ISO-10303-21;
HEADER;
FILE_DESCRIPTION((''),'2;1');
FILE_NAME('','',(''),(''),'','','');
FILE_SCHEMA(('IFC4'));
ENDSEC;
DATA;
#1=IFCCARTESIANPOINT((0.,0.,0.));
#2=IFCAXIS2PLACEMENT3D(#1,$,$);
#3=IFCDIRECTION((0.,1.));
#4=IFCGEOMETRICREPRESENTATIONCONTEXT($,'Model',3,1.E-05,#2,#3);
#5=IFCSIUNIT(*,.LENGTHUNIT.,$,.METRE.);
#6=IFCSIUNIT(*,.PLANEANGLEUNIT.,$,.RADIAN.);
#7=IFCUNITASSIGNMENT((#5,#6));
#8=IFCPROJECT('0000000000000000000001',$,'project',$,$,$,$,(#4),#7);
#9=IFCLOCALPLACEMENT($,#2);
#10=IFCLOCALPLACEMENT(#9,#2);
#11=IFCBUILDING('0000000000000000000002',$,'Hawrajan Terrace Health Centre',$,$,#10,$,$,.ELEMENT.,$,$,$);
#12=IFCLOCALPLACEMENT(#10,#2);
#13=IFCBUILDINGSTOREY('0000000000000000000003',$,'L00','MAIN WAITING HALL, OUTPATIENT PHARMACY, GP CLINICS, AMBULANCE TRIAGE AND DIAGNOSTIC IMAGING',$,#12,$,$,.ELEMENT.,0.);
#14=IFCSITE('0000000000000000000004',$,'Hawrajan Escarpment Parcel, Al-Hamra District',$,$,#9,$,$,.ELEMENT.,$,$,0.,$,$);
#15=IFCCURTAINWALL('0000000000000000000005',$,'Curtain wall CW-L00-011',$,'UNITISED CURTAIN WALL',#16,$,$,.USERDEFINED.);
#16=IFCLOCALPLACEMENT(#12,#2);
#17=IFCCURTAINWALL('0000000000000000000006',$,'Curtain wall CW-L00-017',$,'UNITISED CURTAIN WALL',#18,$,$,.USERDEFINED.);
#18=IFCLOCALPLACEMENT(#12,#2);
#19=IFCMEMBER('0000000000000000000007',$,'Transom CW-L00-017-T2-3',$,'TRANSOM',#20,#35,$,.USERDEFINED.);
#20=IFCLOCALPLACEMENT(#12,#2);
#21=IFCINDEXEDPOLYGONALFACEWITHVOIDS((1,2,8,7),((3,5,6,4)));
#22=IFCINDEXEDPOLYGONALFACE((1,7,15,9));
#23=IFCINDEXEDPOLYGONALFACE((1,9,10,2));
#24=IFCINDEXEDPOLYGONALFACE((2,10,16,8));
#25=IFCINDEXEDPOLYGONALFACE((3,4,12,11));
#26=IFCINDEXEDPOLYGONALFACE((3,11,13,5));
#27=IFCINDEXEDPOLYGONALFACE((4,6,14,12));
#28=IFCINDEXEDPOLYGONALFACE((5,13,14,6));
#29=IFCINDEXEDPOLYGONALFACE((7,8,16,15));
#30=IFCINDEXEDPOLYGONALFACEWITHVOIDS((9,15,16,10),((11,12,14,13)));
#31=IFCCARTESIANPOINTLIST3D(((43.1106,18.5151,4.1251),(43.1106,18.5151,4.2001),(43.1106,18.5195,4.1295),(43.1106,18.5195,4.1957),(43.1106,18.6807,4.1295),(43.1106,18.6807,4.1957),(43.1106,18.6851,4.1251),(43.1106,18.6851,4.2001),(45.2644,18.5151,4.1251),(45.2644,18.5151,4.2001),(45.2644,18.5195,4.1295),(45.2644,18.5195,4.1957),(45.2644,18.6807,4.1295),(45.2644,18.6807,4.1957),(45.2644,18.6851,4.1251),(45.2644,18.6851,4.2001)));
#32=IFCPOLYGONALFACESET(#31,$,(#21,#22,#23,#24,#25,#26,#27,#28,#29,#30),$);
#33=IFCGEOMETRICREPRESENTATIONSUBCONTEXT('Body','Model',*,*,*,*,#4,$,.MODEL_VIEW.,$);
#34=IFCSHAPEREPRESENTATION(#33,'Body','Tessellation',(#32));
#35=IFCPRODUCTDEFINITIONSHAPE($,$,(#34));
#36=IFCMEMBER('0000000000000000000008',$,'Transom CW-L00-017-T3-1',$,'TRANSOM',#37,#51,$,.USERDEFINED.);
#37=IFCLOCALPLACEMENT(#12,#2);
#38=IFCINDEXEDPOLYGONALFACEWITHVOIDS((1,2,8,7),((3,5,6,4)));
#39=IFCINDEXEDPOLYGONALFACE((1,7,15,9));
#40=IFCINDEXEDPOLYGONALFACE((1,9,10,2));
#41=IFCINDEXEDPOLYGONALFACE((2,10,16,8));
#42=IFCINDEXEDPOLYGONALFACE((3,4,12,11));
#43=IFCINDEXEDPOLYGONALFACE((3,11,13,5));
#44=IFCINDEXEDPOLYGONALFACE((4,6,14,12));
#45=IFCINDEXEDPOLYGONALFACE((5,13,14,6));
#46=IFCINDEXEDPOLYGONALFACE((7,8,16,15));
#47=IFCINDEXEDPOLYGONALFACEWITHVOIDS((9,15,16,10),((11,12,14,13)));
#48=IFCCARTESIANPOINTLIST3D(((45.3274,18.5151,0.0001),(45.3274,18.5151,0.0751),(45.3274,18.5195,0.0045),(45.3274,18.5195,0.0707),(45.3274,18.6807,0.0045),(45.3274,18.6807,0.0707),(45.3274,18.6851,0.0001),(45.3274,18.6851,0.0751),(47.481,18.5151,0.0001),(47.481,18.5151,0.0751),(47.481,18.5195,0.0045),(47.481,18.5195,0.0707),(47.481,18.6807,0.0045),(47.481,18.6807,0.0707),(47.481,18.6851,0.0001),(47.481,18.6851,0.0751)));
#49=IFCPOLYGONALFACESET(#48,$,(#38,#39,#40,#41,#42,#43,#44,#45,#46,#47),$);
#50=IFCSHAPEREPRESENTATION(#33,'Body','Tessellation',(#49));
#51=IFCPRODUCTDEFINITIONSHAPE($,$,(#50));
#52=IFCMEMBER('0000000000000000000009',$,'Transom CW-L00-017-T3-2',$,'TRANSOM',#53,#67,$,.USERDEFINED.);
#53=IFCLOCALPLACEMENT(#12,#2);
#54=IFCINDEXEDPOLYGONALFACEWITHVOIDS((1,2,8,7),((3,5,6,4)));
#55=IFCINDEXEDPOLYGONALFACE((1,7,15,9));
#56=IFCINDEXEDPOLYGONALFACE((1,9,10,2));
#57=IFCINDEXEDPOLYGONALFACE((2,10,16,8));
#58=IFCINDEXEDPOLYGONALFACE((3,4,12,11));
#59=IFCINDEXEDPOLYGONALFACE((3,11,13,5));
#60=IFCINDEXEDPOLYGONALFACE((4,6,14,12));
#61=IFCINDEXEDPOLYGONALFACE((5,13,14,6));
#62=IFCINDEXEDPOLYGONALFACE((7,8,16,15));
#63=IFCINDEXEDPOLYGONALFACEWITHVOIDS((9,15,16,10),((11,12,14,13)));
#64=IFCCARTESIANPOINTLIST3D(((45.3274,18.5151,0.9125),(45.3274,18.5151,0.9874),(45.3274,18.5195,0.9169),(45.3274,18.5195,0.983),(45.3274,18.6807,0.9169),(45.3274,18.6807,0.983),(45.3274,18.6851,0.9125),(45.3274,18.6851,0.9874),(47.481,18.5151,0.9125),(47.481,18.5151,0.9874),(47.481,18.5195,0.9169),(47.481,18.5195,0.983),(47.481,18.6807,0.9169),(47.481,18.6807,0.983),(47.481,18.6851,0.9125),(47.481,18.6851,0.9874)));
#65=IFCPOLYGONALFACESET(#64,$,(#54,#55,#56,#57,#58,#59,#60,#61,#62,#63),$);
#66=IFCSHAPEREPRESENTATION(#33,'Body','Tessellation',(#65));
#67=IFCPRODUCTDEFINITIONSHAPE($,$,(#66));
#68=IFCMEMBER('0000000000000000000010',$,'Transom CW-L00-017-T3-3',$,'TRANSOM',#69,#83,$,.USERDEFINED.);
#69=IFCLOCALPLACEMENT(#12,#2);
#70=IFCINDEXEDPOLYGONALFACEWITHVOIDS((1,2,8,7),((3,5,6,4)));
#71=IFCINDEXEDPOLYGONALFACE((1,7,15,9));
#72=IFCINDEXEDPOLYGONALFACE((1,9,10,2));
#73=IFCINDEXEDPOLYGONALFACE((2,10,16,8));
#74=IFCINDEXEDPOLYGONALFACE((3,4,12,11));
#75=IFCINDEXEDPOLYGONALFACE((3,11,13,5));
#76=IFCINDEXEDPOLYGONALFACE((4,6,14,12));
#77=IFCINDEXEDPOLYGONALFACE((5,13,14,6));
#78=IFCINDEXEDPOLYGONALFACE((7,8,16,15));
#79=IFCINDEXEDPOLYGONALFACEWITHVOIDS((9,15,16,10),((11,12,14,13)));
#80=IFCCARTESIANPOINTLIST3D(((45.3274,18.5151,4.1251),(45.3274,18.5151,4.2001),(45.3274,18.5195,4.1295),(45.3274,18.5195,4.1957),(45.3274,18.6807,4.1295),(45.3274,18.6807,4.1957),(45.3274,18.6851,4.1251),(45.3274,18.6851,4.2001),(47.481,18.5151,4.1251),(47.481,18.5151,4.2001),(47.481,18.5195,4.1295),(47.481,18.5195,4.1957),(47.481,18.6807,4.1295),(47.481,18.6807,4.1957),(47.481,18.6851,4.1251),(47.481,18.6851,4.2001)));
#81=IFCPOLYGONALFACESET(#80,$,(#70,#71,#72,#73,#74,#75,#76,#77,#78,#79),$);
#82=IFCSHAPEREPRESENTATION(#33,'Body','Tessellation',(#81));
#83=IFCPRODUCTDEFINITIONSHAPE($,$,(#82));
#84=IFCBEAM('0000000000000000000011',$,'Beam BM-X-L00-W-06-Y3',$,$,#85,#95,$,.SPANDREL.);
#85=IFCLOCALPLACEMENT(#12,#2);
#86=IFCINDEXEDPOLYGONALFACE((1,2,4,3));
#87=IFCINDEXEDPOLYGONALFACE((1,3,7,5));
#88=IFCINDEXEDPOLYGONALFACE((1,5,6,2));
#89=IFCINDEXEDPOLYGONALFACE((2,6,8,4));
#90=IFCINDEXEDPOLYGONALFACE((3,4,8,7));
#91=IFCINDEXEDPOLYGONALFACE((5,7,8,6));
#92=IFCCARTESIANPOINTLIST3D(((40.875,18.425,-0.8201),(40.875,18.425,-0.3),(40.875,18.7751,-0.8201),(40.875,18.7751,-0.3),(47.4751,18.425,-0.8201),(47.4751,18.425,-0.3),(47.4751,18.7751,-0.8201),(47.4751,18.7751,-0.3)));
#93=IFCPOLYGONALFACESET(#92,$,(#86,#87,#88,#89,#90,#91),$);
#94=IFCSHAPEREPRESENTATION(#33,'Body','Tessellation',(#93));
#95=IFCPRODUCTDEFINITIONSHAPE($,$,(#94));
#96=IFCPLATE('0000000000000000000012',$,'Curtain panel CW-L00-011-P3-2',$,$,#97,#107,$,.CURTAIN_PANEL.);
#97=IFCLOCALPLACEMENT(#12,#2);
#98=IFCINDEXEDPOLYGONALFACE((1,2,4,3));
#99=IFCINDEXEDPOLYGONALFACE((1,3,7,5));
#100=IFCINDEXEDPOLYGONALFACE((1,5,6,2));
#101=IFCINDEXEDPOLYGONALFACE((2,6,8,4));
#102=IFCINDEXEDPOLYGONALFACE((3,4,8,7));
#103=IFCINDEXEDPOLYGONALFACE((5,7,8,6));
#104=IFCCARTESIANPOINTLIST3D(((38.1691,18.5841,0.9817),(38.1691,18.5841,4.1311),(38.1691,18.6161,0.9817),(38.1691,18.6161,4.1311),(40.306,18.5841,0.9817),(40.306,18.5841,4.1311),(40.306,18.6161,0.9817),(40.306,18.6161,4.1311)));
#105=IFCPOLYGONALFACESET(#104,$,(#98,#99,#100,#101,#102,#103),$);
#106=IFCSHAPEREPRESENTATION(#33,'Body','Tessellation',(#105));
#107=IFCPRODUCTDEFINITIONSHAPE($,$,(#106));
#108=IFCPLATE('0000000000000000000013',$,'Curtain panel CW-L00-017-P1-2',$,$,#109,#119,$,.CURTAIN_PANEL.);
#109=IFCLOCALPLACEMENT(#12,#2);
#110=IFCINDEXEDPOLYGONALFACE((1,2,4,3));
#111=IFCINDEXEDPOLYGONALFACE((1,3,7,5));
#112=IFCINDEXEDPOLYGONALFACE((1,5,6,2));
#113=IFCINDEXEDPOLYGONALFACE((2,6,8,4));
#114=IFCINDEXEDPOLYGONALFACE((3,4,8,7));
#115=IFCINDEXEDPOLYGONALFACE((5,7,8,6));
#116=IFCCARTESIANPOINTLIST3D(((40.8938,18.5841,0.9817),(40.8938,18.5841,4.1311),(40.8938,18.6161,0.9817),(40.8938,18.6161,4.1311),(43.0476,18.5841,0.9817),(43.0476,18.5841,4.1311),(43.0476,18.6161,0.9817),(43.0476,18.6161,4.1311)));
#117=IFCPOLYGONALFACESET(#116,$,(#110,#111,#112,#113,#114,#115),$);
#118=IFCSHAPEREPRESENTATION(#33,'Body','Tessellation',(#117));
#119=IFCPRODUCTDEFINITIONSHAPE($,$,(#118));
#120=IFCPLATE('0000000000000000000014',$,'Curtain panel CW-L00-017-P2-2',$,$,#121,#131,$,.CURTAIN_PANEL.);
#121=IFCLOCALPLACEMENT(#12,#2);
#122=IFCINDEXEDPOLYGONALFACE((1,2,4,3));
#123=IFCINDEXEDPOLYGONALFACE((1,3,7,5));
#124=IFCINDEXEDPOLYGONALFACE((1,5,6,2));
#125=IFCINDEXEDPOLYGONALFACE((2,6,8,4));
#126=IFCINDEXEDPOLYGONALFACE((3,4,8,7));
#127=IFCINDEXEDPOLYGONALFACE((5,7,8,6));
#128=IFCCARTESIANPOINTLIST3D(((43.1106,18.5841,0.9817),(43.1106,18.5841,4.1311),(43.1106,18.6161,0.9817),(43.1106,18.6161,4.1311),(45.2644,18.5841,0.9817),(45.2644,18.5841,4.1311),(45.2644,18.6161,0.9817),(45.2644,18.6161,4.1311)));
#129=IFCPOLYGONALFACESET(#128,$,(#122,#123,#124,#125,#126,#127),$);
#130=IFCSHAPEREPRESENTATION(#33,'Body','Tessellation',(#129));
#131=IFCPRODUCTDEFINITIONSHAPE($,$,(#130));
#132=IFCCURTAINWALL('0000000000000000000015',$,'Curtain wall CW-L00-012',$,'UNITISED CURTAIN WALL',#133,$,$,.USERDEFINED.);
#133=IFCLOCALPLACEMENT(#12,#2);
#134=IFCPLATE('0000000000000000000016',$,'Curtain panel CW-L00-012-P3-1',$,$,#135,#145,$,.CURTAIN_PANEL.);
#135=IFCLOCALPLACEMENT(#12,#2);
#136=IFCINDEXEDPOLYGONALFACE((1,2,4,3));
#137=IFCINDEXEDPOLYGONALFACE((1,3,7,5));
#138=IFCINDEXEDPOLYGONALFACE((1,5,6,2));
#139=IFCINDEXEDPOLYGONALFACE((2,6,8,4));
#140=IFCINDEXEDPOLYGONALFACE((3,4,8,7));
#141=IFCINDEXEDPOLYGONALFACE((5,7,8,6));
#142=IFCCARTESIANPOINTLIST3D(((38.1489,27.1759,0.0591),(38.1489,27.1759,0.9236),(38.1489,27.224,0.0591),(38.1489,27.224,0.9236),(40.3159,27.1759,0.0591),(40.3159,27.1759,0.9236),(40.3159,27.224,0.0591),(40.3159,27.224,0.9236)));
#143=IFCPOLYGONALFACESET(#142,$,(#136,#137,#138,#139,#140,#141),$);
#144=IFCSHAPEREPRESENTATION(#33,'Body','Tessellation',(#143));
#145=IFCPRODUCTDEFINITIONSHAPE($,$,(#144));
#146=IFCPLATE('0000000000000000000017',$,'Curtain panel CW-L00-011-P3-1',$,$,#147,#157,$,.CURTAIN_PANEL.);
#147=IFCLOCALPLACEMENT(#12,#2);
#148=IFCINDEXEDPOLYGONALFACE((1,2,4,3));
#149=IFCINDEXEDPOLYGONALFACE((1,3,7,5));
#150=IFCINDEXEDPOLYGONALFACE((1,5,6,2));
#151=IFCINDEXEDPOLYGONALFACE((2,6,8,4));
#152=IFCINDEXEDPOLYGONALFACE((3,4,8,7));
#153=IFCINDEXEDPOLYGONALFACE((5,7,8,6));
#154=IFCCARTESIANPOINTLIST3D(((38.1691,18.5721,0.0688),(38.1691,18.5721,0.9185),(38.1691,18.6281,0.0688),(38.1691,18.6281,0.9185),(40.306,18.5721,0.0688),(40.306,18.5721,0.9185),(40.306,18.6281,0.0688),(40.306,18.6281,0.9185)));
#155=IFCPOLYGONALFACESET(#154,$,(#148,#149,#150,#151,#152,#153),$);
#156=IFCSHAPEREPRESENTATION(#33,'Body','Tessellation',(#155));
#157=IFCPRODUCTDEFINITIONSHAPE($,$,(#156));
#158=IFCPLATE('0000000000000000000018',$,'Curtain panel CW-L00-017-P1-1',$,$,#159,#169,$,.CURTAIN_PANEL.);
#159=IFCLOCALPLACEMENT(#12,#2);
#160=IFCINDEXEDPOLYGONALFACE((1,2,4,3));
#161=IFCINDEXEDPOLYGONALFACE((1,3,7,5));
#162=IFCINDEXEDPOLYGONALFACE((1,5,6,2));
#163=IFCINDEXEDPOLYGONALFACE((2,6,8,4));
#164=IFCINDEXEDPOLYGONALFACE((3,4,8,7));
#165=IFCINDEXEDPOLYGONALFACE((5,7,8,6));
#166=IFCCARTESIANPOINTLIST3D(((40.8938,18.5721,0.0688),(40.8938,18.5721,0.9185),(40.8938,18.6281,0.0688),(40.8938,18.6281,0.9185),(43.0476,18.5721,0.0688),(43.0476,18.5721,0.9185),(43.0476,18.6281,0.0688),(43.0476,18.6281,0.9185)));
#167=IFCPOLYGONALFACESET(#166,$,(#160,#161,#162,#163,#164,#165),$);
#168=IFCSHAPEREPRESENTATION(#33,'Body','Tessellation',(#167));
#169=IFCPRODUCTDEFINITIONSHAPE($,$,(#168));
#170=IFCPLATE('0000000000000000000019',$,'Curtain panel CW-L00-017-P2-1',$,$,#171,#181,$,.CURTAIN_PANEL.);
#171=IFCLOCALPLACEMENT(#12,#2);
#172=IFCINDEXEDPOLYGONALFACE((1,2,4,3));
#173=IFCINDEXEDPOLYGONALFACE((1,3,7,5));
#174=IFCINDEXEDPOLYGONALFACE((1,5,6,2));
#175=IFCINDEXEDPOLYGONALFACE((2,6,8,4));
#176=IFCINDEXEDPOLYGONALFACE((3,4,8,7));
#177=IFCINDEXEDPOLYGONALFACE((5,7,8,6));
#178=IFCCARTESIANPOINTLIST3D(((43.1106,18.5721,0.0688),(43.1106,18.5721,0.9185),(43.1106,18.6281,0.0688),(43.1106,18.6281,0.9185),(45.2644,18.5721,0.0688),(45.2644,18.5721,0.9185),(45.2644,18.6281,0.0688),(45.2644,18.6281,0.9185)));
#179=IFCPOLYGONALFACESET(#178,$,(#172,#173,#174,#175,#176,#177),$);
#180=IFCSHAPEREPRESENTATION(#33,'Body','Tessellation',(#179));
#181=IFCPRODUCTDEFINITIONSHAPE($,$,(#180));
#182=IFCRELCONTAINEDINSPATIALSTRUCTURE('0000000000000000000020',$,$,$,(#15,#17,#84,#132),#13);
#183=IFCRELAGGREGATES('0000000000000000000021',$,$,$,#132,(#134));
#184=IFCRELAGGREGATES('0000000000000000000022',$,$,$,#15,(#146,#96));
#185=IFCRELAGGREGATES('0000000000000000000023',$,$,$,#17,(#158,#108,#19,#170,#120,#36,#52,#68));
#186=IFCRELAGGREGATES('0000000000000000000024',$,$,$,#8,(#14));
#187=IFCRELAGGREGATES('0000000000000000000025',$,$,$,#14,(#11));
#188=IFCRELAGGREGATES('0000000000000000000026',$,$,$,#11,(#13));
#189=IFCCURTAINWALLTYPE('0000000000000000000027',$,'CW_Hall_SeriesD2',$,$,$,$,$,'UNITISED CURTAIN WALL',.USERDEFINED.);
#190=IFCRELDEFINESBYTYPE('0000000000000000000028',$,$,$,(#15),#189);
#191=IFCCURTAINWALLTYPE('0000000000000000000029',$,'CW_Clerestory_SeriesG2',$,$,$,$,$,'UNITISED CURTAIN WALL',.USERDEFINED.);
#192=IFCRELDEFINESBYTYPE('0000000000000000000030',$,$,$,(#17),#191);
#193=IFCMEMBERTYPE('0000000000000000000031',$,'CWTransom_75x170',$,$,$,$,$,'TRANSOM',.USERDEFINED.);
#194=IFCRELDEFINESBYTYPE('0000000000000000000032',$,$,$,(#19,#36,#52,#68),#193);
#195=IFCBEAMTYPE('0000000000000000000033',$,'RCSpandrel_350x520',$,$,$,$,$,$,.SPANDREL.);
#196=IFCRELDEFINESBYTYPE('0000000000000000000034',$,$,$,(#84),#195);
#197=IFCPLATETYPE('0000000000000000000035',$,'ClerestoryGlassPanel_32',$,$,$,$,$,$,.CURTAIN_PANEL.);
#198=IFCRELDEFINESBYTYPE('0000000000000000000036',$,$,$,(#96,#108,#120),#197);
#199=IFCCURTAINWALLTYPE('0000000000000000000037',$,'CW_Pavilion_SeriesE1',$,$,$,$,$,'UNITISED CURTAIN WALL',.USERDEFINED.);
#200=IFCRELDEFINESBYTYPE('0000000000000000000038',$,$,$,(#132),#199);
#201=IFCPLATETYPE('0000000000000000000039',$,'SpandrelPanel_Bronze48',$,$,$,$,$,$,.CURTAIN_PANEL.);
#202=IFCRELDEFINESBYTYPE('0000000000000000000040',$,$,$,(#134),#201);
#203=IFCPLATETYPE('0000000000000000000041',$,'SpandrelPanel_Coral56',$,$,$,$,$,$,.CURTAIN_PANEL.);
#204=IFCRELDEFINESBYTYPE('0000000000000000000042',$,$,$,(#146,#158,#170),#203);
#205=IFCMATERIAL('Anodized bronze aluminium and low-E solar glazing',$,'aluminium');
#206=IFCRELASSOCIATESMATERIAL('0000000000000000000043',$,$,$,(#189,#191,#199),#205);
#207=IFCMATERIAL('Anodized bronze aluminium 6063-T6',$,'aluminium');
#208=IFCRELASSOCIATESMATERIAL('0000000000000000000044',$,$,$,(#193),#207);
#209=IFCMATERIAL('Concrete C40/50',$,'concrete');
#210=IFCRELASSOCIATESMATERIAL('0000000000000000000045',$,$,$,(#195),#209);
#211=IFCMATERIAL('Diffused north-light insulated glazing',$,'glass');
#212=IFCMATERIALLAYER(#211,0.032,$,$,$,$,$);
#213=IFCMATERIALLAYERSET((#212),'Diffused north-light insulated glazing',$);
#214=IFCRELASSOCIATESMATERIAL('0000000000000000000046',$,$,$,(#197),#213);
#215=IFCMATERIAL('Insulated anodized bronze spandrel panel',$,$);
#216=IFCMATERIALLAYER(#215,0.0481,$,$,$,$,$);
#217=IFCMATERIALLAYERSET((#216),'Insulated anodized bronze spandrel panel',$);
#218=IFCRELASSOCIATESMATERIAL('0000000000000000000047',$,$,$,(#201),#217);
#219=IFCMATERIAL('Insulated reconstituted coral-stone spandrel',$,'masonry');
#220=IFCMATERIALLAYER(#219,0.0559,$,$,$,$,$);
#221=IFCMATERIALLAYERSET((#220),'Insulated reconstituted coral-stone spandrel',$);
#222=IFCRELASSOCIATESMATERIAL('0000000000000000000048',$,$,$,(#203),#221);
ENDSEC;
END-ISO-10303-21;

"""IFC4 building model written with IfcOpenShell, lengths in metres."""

from ifc_helpers import new_model, si_unit, direction, frame, origin, origin_2d, place, context, subcontext, project, spatial, rectangle, hollow_rectangle, extrude, material, layer, layer_set, material_profile, profile_set, type_object, element, aggregate, save


model = new_model("IFC4")

# Units and contexts
model_context = context("Model", 3, precision=1e-05, world=origin(), true_north=direction((0.0, 1.0)))
body_context = subcontext(model_context, "Body", "Model", "MODEL_VIEW")
ifc_project = project(units=[si_unit("LENGTHUNIT", "METRE"), si_unit("PLANEANGLEUNIT", "RADIAN")], contexts=[model_context])

# Site, building, storey
site_placement = place(None, origin())
site = spatial("IfcSite", under=ifc_project, at=site_placement, Name="Hawrajan Escarpment Parcel, Al-Hamra District", CompositionType="ELEMENT", RefElevation=0.0)
building_placement = place(site_placement, origin())
building = spatial("IfcBuilding", under=site, at=building_placement, Name="Hawrajan Terrace Health Centre", CompositionType="ELEMENT")
storey_placement = place(building_placement, origin())
storey = spatial("IfcBuildingStorey", under=building, at=storey_placement, Name="L00", Description="MAIN WAITING HALL, OUTPATIENT PHARMACY, GP CLINICS, AMBULANCE TRIAGE AND DIAGNOSTIC IMAGING", CompositionType="ELEMENT", Elevation=0.0)

# Shared definitions
ifc_material_1 = material(Name="Concrete C40/50", Category="concrete")

# Curtain wall
ifc_material_2 = material(Name="Anodized bronze aluminium and low-E solar glazing", Category="aluminium")
curtain_wall_type_1 = type_object("IfcCurtainWallType", Name="CW_Hall_SeriesD2", ElementType="UNITISED CURTAIN WALL", PredefinedType="USERDEFINED", material=ifc_material_2)
curtain_wall_1_placement = place(storey_placement, origin())
curtain_wall_1 = element("IfcCurtainWall", 1, at=curtain_wall_1_placement, inside=storey, type_object=curtain_wall_type_1, Name="Curtain wall CW-L00-011", ObjectType="UNITISED CURTAIN WALL", PredefinedType="USERDEFINED")
ifc_material_3 = material(Name="Anodized bronze aluminium 6063-T6", Category="aluminium")

# Curtain wall
curtain_wall_type_2 = type_object("IfcCurtainWallType", Name="CW_Clerestory_SeriesG2", ElementType="UNITISED CURTAIN WALL", PredefinedType="USERDEFINED", material=ifc_material_2)
curtain_wall_2_placement = place(storey_placement, origin())
curtain_wall_2 = element("IfcCurtainWall", 2, at=curtain_wall_2_placement, inside=storey, type_object=curtain_wall_type_2, Name="Curtain wall CW-L00-017", ObjectType="UNITISED CURTAIN WALL", PredefinedType="USERDEFINED")

# Members
ifc_material_profile_1 = material_profile(ifc_material_3, hollow_rectangle(XDim=0.075, YDim=0.1699, WallThickness=0.0044, at=origin_2d()), Name="CW TRN 75x170")
ifc_profile_set_1 = profile_set([ifc_material_profile_1], Name="Anodized bronze aluminium 6063-T6")
member_type_1 = type_object("IfcMemberType", Name="CWTransom_75x170", ElementType="TRANSOM", PredefinedType="USERDEFINED", material=ifc_profile_set_1)
member_1_placement = place(storey_placement, frame((43.1106, 18.6001, 4.1626), z_axis=(1.0, 0.0, 0.0), x_axis=(0.0, 0.0, 1.0)))
member_1 = element("IfcMember", 3, at=member_1_placement, type_object=member_type_1, Name="Transom CW-L00-017-T2-3", ObjectType="TRANSOM", PredefinedType="USERDEFINED", context=body_context, shape_type="SweptSolid", body=[
    extrude(hollow_rectangle(XDim=0.075, YDim=0.1699, WallThickness=0.0044, at=origin_2d()), origin(), (0.0, 0.0, 1.0), 2.1538),
])
member_2_placement = place(storey_placement, frame((45.3274, 18.6001, 0.0376), z_axis=(1.0, 0.0, 0.0), x_axis=(0.0, 0.0, 1.0)))
member_2 = element("IfcMember", 4, at=member_2_placement, type_object=member_type_1, Name="Transom CW-L00-017-T3-1", ObjectType="TRANSOM", PredefinedType="USERDEFINED", context=body_context, shape_type="SweptSolid", body=[
    extrude(hollow_rectangle(XDim=0.075, YDim=0.1699, WallThickness=0.0044, at=origin_2d()), origin(), (0.0, 0.0, 1.0), 2.1536),
])
member_3_placement = place(storey_placement, frame((45.3274, 18.6001, 0.95), z_axis=(1.0, 0.0, 0.0), x_axis=(0.0, 0.0, 1.0)))
member_3 = element("IfcMember", 5, at=member_3_placement, type_object=member_type_1, Name="Transom CW-L00-017-T3-2", ObjectType="TRANSOM", PredefinedType="USERDEFINED", context=body_context, shape_type="SweptSolid", body=[
    extrude(hollow_rectangle(XDim=0.075, YDim=0.1699, WallThickness=0.0044, at=origin_2d()), origin(), (0.0, 0.0, 1.0), 2.1536),
])
member_4_placement = place(storey_placement, frame((45.3274, 18.6001, 4.1626), z_axis=(1.0, 0.0, 0.0), x_axis=(0.0, 0.0, 1.0)))
member_4 = element("IfcMember", 6, at=member_4_placement, type_object=member_type_1, Name="Transom CW-L00-017-T3-3", ObjectType="TRANSOM", PredefinedType="USERDEFINED", context=body_context, shape_type="SweptSolid", body=[
    extrude(hollow_rectangle(XDim=0.075, YDim=0.1699, WallThickness=0.0044, at=origin_2d()), origin(), (0.0, 0.0, 1.0), 2.1536),
])

# Beam
ifc_material_profile_2 = material_profile(ifc_material_1, rectangle(XDim=0.3501, YDim=0.52, at=origin_2d()), Name="RC SP 350x520")
ifc_profile_set_2 = profile_set([ifc_material_profile_2], Name="Concrete C40/50")
beam_type = type_object("IfcBeamType", Name="RCSpandrel_350x520", PredefinedType="SPANDREL", material=ifc_profile_set_2)
beam_placement = place(storey_placement, frame((40.875, 18.6001, -0.5601), z_axis=(1.0, 0.0, 0.0), x_axis=(0.0, 1.0, 0.0)))
element("IfcBeam", 7, at=beam_placement, inside=storey, type_object=beam_type, Name="Beam BM-X-L00-W-06-Y3", PredefinedType="SPANDREL", context=body_context, shape_type="SweptSolid", body=[
    extrude(rectangle(XDim=0.3501, YDim=0.52, at=origin_2d()), origin(), (0.0, 0.0, 1.0), 6.6001),
])

# Plates
ifc_material_4 = material(Name="Diffused north-light insulated glazing", Category="glass")
ifc_layer_1 = layer(ifc_material_4, 0.032)
ifc_layer_set_1 = layer_set([ifc_layer_1], Name="Diffused north-light insulated glazing")
plate_type_1 = type_object("IfcPlateType", Name="ClerestoryGlassPanel_32", PredefinedType="CURTAIN_PANEL", material=ifc_layer_set_1)
plate_1_placement = place(storey_placement, frame((39.2375, 18.6001, 0.9817), z_axis=(0.0, 0.0, 1.0), x_axis=(1.0, 0.0, 0.0)))
plate_1 = element("IfcPlate", 8, at=plate_1_placement, type_object=plate_type_1, Name="Curtain panel CW-L00-011-P3-2", PredefinedType="CURTAIN_PANEL", context=body_context, shape_type="SweptSolid", body=[
    extrude(rectangle(XDim=2.137, YDim=0.032, at=origin_2d()), origin(), (0.0, 0.0, 1.0), 3.1494),
])
plate_2_placement = place(storey_placement, frame((41.9707, 18.6001, 0.9817), z_axis=(0.0, 0.0, 1.0), x_axis=(1.0, 0.0, 0.0)))
plate_2 = element("IfcPlate", 9, at=plate_2_placement, type_object=plate_type_1, Name="Curtain panel CW-L00-017-P1-2", PredefinedType="CURTAIN_PANEL", context=body_context, shape_type="SweptSolid", body=[
    extrude(rectangle(XDim=2.1538, YDim=0.032, at=origin_2d()), origin(), (0.0, 0.0, 1.0), 3.1494),
])
plate_3_placement = place(storey_placement, frame((44.1875, 18.6001, 0.9817), z_axis=(0.0, 0.0, 1.0), x_axis=(1.0, 0.0, 0.0)))
plate_3 = element("IfcPlate", 10, at=plate_3_placement, type_object=plate_type_1, Name="Curtain panel CW-L00-017-P2-2", PredefinedType="CURTAIN_PANEL", context=body_context, shape_type="SweptSolid", body=[
    extrude(rectangle(XDim=2.1538, YDim=0.032, at=origin_2d()), origin(), (0.0, 0.0, 1.0), 3.1494),
])

# Curtain wall, plate
curtain_wall_type_3 = type_object("IfcCurtainWallType", Name="CW_Pavilion_SeriesE1", ElementType="UNITISED CURTAIN WALL", PredefinedType="USERDEFINED", material=ifc_material_2)
curtain_wall_3_placement = place(storey_placement, origin())
curtain_wall_3 = element("IfcCurtainWall", 11, at=curtain_wall_3_placement, inside=storey, type_object=curtain_wall_type_3, Name="Curtain wall CW-L00-012", ObjectType="UNITISED CURTAIN WALL", PredefinedType="USERDEFINED")
ifc_material_5 = material(Name="Insulated anodized bronze spandrel panel")
ifc_layer_2 = layer(ifc_material_5, 0.0481)
ifc_layer_set_2 = layer_set([ifc_layer_2], Name="Insulated anodized bronze spandrel panel")
plate_type_2 = type_object("IfcPlateType", Name="SpandrelPanel_Bronze48", PredefinedType="CURTAIN_PANEL", material=ifc_layer_set_2)
plate_4_placement = place(storey_placement, frame((39.2324, 27.2, 0.0591), z_axis=(0.0, 0.0, 1.0), x_axis=(1.0, 0.0, 0.0)))
plate_4 = element("IfcPlate", 12, at=plate_4_placement, type_object=plate_type_2, Name="Curtain panel CW-L00-012-P3-1", PredefinedType="CURTAIN_PANEL", context=body_context, shape_type="SweptSolid", body=[
    extrude(rectangle(XDim=2.167, YDim=0.0481, at=origin_2d()), origin(), (0.0, 0.0, 1.0), 0.8645),
])
aggregate(curtain_wall_3, [plate_4])

# Plates
ifc_material_6 = material(Name="Insulated reconstituted coral-stone spandrel", Category="masonry")
ifc_layer_3 = layer(ifc_material_6, 0.0559)
ifc_layer_set_3 = layer_set([ifc_layer_3], Name="Insulated reconstituted coral-stone spandrel")
plate_type_3 = type_object("IfcPlateType", Name="SpandrelPanel_Coral56", PredefinedType="CURTAIN_PANEL", material=ifc_layer_set_3)
plate_5_placement = place(storey_placement, frame((39.2375, 18.6001, 0.0688), z_axis=(0.0, 0.0, 1.0), x_axis=(1.0, 0.0, 0.0)))
plate_5 = element("IfcPlate", 13, at=plate_5_placement, type_object=plate_type_3, Name="Curtain panel CW-L00-011-P3-1", PredefinedType="CURTAIN_PANEL", context=body_context, shape_type="SweptSolid", body=[
    extrude(rectangle(XDim=2.137, YDim=0.0559, at=origin_2d()), origin(), (0.0, 0.0, 1.0), 0.8496),
])
aggregate(curtain_wall_1, [plate_5, plate_1])
plate_6_placement = place(storey_placement, frame((41.9707, 18.6001, 0.0688), z_axis=(0.0, 0.0, 1.0), x_axis=(1.0, 0.0, 0.0)))
plate_6 = element("IfcPlate", 14, at=plate_6_placement, type_object=plate_type_3, Name="Curtain panel CW-L00-017-P1-1", PredefinedType="CURTAIN_PANEL", context=body_context, shape_type="SweptSolid", body=[
    extrude(rectangle(XDim=2.1538, YDim=0.0559, at=origin_2d()), origin(), (0.0, 0.0, 1.0), 0.8496),
])
plate_7_placement = place(storey_placement, frame((44.1875, 18.6001, 0.0688), z_axis=(0.0, 0.0, 1.0), x_axis=(1.0, 0.0, 0.0)))
plate_7 = element("IfcPlate", 15, at=plate_7_placement, type_object=plate_type_3, Name="Curtain panel CW-L00-017-P2-1", PredefinedType="CURTAIN_PANEL", context=body_context, shape_type="SweptSolid", body=[
    extrude(rectangle(XDim=2.1538, YDim=0.0559, at=origin_2d()), origin(), (0.0, 0.0, 1.0), 0.8496),
])
aggregate(curtain_wall_2, [plate_6, plate_2, member_1, plate_7, plate_3, member_2, member_3, member_4])

save(model, "model.ifc")
